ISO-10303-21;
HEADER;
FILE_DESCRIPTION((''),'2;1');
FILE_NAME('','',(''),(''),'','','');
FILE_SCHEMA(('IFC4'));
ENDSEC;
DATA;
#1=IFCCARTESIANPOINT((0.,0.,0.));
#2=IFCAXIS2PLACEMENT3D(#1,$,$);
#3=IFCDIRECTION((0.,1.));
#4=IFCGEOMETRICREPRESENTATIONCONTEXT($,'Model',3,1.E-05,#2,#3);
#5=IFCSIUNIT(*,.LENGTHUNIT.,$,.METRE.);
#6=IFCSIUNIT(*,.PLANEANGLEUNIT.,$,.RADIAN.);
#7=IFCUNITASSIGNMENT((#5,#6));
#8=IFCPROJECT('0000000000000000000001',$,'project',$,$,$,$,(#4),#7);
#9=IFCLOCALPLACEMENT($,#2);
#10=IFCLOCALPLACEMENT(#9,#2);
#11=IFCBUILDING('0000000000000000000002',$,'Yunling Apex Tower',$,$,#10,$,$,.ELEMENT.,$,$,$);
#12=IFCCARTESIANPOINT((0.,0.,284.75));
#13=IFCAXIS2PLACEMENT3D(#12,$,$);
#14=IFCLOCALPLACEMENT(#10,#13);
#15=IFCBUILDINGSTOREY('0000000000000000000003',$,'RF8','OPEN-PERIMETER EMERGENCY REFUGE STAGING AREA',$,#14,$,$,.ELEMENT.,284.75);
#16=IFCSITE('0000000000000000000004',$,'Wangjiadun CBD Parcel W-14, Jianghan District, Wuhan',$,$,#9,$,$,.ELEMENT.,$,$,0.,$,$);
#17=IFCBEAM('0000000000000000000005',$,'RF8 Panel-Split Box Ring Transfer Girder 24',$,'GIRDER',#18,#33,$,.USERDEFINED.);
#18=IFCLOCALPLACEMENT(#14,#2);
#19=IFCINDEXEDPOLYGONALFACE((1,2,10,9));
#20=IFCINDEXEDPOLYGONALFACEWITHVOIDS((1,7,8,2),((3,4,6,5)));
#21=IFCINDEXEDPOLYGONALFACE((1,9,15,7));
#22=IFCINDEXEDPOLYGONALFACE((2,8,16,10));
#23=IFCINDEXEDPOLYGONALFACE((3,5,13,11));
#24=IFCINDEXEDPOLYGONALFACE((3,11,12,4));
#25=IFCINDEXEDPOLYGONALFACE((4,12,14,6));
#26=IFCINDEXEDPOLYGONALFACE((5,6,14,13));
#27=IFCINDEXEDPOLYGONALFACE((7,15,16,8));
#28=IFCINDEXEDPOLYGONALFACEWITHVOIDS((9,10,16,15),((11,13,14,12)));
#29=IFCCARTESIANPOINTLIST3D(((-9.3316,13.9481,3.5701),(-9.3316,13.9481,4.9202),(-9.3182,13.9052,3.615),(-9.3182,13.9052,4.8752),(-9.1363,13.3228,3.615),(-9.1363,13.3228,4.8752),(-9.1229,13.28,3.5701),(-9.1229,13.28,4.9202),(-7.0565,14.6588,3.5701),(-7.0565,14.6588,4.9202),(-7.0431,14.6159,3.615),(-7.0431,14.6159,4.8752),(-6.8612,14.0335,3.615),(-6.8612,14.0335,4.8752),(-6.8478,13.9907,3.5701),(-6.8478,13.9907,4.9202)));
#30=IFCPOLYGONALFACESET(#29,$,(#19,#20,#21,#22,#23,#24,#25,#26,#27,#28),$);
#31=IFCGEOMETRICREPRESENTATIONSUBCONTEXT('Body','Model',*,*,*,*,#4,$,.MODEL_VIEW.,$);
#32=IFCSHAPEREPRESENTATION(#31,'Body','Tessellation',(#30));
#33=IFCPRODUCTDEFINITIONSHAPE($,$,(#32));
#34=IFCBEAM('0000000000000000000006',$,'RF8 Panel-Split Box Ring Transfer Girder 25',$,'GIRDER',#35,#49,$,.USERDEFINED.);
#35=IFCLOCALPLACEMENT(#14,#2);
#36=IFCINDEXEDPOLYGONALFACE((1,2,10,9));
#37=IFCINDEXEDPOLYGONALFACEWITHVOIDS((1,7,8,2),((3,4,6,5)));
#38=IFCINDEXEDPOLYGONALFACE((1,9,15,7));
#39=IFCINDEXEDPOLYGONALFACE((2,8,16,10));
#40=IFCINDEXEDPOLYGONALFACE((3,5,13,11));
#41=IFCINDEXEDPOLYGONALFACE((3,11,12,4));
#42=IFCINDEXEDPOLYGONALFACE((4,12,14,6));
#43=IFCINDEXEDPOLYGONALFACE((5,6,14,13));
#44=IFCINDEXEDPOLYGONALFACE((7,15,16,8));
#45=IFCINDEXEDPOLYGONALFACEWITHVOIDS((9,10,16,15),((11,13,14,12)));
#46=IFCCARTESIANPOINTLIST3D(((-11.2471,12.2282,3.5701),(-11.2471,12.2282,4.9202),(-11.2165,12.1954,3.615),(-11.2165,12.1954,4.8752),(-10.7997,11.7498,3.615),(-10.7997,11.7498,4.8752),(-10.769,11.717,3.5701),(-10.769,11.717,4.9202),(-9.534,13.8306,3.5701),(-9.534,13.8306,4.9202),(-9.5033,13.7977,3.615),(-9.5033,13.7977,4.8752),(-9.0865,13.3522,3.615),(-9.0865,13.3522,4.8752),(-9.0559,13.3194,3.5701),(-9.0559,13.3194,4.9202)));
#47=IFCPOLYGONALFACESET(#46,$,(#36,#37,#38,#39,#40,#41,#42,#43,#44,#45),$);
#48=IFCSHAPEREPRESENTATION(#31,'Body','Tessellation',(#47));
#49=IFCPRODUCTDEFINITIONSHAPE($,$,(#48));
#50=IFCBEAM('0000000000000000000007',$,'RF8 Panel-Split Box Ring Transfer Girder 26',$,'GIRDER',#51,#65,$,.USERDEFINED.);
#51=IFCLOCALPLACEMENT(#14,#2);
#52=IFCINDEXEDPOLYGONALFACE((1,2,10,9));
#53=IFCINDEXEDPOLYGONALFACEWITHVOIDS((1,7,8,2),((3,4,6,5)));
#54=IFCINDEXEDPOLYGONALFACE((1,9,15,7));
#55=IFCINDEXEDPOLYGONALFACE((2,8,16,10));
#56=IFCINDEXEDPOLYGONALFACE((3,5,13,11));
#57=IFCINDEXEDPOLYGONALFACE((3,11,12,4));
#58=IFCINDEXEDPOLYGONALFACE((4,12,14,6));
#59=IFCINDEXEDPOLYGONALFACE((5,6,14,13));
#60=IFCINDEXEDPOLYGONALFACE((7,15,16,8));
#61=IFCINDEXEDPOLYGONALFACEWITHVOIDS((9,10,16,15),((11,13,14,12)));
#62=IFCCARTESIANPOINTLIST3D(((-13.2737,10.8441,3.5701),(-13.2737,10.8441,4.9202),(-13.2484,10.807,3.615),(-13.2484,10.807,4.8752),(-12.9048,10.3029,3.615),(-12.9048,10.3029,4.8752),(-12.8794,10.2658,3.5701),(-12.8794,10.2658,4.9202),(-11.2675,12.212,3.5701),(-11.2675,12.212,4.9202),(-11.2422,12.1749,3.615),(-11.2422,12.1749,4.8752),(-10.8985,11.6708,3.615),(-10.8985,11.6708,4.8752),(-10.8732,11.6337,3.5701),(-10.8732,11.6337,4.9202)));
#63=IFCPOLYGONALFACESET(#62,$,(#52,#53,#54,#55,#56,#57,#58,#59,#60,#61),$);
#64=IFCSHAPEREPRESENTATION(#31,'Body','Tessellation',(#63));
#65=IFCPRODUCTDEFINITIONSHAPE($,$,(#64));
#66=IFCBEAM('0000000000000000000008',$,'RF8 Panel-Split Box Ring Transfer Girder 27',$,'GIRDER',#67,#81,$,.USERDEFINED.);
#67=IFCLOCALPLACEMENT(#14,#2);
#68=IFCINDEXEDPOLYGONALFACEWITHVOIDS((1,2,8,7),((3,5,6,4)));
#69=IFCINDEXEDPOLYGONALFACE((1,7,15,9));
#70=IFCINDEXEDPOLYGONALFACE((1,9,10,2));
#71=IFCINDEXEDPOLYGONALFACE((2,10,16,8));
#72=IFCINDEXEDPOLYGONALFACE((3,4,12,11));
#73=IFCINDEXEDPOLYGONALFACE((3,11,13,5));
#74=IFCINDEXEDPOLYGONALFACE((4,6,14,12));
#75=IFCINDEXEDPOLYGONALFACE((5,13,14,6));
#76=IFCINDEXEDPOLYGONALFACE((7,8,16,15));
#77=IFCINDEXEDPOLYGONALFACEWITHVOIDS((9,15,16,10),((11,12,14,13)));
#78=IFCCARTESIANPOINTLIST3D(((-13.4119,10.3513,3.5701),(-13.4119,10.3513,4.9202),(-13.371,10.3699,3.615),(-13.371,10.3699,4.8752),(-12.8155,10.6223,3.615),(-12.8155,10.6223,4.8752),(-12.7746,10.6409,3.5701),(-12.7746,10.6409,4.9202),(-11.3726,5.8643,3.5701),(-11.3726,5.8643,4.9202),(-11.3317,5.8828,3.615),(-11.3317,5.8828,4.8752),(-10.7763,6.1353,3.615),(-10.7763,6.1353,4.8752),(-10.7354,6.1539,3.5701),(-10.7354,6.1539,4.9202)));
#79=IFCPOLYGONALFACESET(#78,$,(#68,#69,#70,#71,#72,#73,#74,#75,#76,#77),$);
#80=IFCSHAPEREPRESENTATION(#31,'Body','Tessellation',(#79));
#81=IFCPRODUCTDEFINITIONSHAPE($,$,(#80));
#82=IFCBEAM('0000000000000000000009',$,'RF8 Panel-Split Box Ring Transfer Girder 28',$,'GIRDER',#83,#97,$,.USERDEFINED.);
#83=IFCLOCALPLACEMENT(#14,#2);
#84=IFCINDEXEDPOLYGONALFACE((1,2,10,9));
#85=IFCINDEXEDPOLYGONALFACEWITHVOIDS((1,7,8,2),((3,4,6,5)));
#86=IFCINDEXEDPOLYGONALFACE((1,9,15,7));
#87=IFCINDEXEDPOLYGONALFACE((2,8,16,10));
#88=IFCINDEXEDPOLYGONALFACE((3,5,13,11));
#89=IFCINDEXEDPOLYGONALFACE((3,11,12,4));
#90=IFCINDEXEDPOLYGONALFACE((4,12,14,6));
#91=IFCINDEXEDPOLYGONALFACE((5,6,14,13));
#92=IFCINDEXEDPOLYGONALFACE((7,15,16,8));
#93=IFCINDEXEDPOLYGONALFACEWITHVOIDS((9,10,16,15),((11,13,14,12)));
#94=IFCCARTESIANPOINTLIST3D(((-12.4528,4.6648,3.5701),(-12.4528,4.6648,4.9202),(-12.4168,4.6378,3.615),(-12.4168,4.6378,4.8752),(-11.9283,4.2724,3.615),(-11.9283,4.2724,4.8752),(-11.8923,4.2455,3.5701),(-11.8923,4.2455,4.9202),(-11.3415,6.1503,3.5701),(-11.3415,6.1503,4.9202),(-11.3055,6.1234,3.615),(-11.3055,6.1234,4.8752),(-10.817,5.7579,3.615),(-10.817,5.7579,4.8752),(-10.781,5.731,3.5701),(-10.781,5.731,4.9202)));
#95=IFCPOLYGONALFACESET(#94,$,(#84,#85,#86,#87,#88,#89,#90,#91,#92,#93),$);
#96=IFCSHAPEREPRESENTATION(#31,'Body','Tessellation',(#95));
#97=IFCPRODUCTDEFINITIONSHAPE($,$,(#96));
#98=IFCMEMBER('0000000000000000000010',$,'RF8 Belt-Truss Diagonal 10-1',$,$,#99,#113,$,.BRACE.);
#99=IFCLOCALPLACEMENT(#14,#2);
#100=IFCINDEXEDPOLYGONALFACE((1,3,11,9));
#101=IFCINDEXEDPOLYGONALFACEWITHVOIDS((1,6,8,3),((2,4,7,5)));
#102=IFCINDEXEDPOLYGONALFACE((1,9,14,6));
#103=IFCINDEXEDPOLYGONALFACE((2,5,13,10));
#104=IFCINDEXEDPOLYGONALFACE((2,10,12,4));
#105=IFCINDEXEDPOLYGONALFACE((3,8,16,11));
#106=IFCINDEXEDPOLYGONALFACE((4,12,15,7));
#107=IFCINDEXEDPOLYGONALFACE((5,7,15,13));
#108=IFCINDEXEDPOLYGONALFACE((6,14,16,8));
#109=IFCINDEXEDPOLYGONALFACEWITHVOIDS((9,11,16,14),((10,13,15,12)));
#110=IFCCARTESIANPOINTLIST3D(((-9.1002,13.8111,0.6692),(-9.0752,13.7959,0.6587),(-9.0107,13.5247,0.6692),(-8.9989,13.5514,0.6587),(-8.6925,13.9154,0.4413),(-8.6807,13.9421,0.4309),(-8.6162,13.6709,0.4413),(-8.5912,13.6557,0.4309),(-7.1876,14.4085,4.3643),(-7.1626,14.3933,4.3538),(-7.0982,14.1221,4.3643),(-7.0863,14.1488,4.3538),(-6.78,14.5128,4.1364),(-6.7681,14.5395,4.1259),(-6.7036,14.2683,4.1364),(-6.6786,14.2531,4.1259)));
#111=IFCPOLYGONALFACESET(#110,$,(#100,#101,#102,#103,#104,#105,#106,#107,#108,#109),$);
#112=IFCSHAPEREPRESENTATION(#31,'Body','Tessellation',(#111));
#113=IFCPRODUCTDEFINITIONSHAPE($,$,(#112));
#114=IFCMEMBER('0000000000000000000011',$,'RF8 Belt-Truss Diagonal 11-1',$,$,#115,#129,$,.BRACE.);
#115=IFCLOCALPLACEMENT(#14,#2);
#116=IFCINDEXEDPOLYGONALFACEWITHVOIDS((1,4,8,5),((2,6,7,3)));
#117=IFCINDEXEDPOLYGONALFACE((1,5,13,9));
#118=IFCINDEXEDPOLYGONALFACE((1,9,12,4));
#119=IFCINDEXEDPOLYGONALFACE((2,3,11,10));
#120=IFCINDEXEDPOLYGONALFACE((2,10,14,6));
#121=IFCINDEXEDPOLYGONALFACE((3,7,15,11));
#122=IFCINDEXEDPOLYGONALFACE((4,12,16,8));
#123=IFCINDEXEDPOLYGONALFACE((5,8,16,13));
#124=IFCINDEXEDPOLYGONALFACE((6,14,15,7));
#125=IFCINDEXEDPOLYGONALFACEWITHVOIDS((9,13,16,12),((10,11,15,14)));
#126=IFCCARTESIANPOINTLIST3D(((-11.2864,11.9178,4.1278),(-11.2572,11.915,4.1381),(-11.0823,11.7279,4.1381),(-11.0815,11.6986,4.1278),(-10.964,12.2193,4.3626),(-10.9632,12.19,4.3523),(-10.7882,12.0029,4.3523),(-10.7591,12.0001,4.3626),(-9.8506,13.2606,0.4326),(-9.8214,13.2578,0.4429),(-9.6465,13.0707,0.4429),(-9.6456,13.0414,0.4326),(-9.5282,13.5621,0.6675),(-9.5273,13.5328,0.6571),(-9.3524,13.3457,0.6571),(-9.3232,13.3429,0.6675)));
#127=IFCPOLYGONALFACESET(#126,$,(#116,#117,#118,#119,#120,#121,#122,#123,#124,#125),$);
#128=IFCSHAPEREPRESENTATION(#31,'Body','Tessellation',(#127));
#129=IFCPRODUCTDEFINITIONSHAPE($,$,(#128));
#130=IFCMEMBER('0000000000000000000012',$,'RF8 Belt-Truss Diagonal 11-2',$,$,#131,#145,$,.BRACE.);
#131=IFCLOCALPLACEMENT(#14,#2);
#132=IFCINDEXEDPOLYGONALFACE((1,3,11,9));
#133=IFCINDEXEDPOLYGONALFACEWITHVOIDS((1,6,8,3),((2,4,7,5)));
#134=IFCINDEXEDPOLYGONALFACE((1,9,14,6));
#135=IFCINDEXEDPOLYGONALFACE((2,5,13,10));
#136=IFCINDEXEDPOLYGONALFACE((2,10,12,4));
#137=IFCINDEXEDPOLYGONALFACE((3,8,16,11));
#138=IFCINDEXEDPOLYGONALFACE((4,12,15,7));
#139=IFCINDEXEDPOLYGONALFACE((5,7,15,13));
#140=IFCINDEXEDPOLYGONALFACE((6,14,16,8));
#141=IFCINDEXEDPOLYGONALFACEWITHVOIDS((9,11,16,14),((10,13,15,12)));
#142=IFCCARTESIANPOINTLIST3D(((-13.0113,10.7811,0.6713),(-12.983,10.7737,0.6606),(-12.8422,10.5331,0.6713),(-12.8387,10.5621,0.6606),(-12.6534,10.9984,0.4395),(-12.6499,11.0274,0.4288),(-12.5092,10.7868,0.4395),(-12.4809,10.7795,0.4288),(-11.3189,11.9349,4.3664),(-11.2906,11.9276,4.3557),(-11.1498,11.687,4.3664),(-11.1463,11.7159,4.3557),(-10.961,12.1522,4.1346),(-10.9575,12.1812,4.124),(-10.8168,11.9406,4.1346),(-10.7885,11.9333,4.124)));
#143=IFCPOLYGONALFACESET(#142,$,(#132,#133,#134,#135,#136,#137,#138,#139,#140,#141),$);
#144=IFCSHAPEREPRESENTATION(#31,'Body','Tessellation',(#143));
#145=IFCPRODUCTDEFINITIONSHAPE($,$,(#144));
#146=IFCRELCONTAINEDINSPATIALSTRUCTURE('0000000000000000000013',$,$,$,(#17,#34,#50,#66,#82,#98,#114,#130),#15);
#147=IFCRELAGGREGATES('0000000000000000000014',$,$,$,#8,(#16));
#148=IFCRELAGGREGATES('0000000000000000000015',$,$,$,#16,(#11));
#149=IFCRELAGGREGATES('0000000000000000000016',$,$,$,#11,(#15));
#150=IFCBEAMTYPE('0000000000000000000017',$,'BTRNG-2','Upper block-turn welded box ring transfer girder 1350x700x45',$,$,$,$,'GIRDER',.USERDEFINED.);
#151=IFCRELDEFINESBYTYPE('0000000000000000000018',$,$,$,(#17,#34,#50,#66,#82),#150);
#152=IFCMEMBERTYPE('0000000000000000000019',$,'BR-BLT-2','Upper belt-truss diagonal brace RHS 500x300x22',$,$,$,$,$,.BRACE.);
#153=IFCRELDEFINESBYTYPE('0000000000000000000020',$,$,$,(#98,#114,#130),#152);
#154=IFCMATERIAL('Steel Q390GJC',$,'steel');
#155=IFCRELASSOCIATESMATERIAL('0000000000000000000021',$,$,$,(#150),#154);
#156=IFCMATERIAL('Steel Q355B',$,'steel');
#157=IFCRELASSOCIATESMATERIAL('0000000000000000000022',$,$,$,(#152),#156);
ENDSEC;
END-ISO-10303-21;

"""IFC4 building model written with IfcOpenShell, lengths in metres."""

from ifc_helpers import new_model, si_unit, direction, frame, origin, origin_2d, place, context, subcontext, project, spatial, hollow_rectangle, extrude, source, transform, mapped, material, material_profile, profile_set, type_object, element, save


model = new_model("IFC4")

# Units and contexts
model_context = context("Model", 3, precision=1e-05, world=origin(), true_north=direction((0.0, 1.0)))
body_context = subcontext(model_context, "Body", "Model", "MODEL_VIEW")
ifc_project = project(units=[si_unit("LENGTHUNIT", "METRE"), si_unit("PLANEANGLEUNIT", "RADIAN")], contexts=[model_context])

# Site, building, storey
site_placement = place(None, origin())
site = spatial("IfcSite", under=ifc_project, at=site_placement, Name="Wangjiadun CBD Parcel W-14, Jianghan District, Wuhan", CompositionType="ELEMENT", RefElevation=0.0)
building_placement = place(site_placement, origin())
building = spatial("IfcBuilding", under=site, at=building_placement, Name="Yunling Apex Tower", CompositionType="ELEMENT")
storey_placement = place(building_placement, frame((0.0, 0.0, 284.75)))
storey = spatial("IfcBuildingStorey", under=building, at=storey_placement, Name="RF8", Description="OPEN-PERIMETER EMERGENCY REFUGE STAGING AREA", CompositionType="ELEMENT", Elevation=284.75)

# Shared definitions
ifc_material_1 = material(Name="Steel Q355B", Category="steel")

# Beams
ifc_material_2 = material(Name="Steel Q390GJC", Category="steel")
ifc_material_profile_1 = material_profile(ifc_material_2, hollow_rectangle(XDim=0.7, YDim=1.3501, WallThickness=0.0449, at=origin_2d()))
ifc_profile_set_1 = profile_set([ifc_material_profile_1], Name="Steel Q390GJC")
beam_type = type_object("IfcBeamType", Name="BTRNG-2", Description="Upper block-turn welded box ring transfer girder 1350x700x45", ElementType="GIRDER", PredefinedType="USERDEFINED", material=ifc_profile_set_1)
shared_shape_1 = source(origin(), body_context, "Body", "SweptSolid", [
    extrude(hollow_rectangle(XDim=0.7, YDim=1.3501, WallThickness=0.0449, at=origin_2d()), origin(), (0.0, 0.0, 1.0), 2.3835),
])
beam_1_placement = place(storey_placement, frame((-6.9521, 14.3247, 4.2451), z_axis=(-0.954515, -0.298164, 0.0), x_axis=(0.298164, -0.954515, 0.0)))
element("IfcBeam", 1, at=beam_1_placement, inside=storey, type_object=beam_type, Name="RF8 Panel-Split Box Ring Transfer Girder 24", ObjectType="GIRDER", PredefinedType="USERDEFINED", context=body_context, shape_type="MappedRepresentation", body=[
    mapped(shared_shape_1, transform((0.0, 0.0, 0.0), scale=1.0)),
])
shared_shape_2 = source(origin(), body_context, "Body", "SweptSolid", [
    extrude(hollow_rectangle(XDim=0.7, YDim=1.3501, WallThickness=0.0449, at=origin_2d()), origin(), (0.0, 0.0, 1.0), 2.3457),
])
beam_2_placement = place(storey_placement, frame((-9.2949, 13.575, 4.2451), z_axis=(-0.730338, -0.683086, 0.0), x_axis=(0.683086, -0.730338, 0.0)))
element("IfcBeam", 2, at=beam_2_placement, inside=storey, type_object=beam_type, Name="RF8 Panel-Split Box Ring Transfer Girder 25", ObjectType="GIRDER", PredefinedType="USERDEFINED", context=body_context, shape_type="MappedRepresentation", body=[
    mapped(shared_shape_2, transform((0.0, 0.0, 0.0), scale=1.0)),
])
shared_shape_3 = source(origin(), body_context, "Body", "SweptSolid", [
    extrude(hollow_rectangle(XDim=0.7, YDim=1.3501, WallThickness=0.0449, at=origin_2d()), origin(), (0.0, 0.0, 1.0), 2.4282),
])
beam_3_placement = place(storey_placement, frame((-11.0703, 11.9229, 4.2451), z_axis=(-0.826236, -0.563324, 0.0), x_axis=(0.563324, -0.826236, 0.0)))
element("IfcBeam", 3, at=beam_3_placement, inside=storey, type_object=beam_type, Name="RF8 Panel-Split Box Ring Transfer Girder 26", ObjectType="GIRDER", PredefinedType="USERDEFINED", context=body_context, shape_type="MappedRepresentation", body=[
    mapped(shared_shape_3, transform((0.0, 0.0, 0.0), scale=1.0)),
])
shared_shape_4 = source(origin(), body_context, "Body", "SweptSolid", [
    extrude(hollow_rectangle(XDim=0.7, YDim=1.3501, WallThickness=0.0449, at=origin_2d()), origin(), (0.0, 0.0, 1.0), 4.9287),
])
beam_4_placement = place(storey_placement, frame((-13.0933, 10.4961, 4.2451), z_axis=(0.413758, -0.910387, 0.0), x_axis=(0.910387, 0.413758, 0.0)))
element("IfcBeam", 4, at=beam_4_placement, inside=storey, type_object=beam_type, Name="RF8 Panel-Split Box Ring Transfer Girder 27", ObjectType="GIRDER", PredefinedType="USERDEFINED", context=body_context, shape_type="MappedRepresentation", body=[
    mapped(shared_shape_4, transform((0.0, 0.0, 0.0), scale=1.0)),
])
shared_shape_5 = source(origin(), body_context, "Body", "SweptSolid", [
    extrude(hollow_rectangle(XDim=0.7, YDim=1.3501, WallThickness=0.0449, at=origin_2d()), origin(), (0.0, 0.0, 1.0), 1.8552),
])
beam_5_placement = place(storey_placement, frame((-11.0613, 5.9407, 4.2451), z_axis=(-0.59901, -0.800742, 0.0), x_axis=(0.800742, -0.59901, 0.0)))
element("IfcBeam", 5, at=beam_5_placement, inside=storey, type_object=beam_type, Name="RF8 Panel-Split Box Ring Transfer Girder 28", ObjectType="GIRDER", PredefinedType="USERDEFINED", context=body_context, shape_type="MappedRepresentation", body=[
    mapped(shared_shape_5, transform((0.0, 0.0, 0.0), scale=1.0)),
])

# Members
ifc_material_profile_2 = material_profile(ifc_material_1, hollow_rectangle(XDim=0.3, YDim=0.5, WallThickness=0.022, at=origin_2d()))
ifc_profile_set_2 = profile_set([ifc_material_profile_2], Name="Steel Q355B")
member_type_1 = type_object("IfcMemberType", Name="BR-BLT-2", Description="Upper belt-truss diagonal brace RHS 500x300x22", PredefinedType="BRACE", material=ifc_profile_set_2)
shared_shape_6 = source(origin(), body_context, "Body", "SweptSolid", [
    extrude(hollow_rectangle(XDim=0.3, YDim=0.5, WallThickness=0.022, at=origin_2d()), origin(), (0.0, 0.0, 1.0), 4.2034),
])
member_1_placement = place(storey_placement, frame((-8.8457, 13.7334, 0.55), z_axis=(0.455013, 0.142126, 0.879069), x_axis=(-0.29815, 0.954519, 0.0)))
element("IfcMember", 6, at=member_1_placement, inside=storey, type_object=member_type_1, Name="RF8 Belt-Truss Diagonal 10-1", PredefinedType="BRACE", context=body_context, shape_type="MappedRepresentation", body=[
    mapped(shared_shape_6, transform((0.0, 0.0, 0.0), scale=1.0)),
])
shared_shape_7 = source(origin(), body_context, "Body", "SweptSolid", [
    extrude(hollow_rectangle(XDim=0.3, YDim=0.5, WallThickness=0.022, at=origin_2d()), origin(), (0.0, 0.0, 1.0), 4.1855),
])
member_2_placement = place(storey_placement, frame((-9.5869, 13.3018, 0.55), z_axis=(-0.343043, -0.320819, 0.882835), x_axis=(0.683052, -0.730369, 0.0)))
element("IfcMember", 7, at=member_2_placement, inside=storey, type_object=member_type_1, Name="RF8 Belt-Truss Diagonal 11-1", PredefinedType="BRACE", context=body_context, shape_type="MappedRepresentation", body=[
    mapped(shared_shape_7, transform((0.0, 0.0, 0.0), scale=1.0)),
])
shared_shape_8 = source(origin(), body_context, "Body", "SweptSolid", [
    extrude(hollow_rectangle(XDim=0.3, YDim=0.5, WallThickness=0.022, at=origin_2d()), origin(), (0.0, 0.0, 1.0), 4.2249),
])
member_3_placement = place(storey_placement, frame((-12.7461, 10.7803, 0.55), z_axis=(0.400583, 0.273103, 0.874613), x_axis=(-0.563307, 0.826248, 0.0)))
element("IfcMember", 8, at=member_3_placement, inside=storey, type_object=member_type_1, Name="RF8 Belt-Truss Diagonal 11-2", PredefinedType="BRACE", context=body_context, shape_type="MappedRepresentation", body=[
    mapped(shared_shape_8, transform((0.0, 0.0, 0.0), scale=1.0)),
])

save(model, "model.ifc")
